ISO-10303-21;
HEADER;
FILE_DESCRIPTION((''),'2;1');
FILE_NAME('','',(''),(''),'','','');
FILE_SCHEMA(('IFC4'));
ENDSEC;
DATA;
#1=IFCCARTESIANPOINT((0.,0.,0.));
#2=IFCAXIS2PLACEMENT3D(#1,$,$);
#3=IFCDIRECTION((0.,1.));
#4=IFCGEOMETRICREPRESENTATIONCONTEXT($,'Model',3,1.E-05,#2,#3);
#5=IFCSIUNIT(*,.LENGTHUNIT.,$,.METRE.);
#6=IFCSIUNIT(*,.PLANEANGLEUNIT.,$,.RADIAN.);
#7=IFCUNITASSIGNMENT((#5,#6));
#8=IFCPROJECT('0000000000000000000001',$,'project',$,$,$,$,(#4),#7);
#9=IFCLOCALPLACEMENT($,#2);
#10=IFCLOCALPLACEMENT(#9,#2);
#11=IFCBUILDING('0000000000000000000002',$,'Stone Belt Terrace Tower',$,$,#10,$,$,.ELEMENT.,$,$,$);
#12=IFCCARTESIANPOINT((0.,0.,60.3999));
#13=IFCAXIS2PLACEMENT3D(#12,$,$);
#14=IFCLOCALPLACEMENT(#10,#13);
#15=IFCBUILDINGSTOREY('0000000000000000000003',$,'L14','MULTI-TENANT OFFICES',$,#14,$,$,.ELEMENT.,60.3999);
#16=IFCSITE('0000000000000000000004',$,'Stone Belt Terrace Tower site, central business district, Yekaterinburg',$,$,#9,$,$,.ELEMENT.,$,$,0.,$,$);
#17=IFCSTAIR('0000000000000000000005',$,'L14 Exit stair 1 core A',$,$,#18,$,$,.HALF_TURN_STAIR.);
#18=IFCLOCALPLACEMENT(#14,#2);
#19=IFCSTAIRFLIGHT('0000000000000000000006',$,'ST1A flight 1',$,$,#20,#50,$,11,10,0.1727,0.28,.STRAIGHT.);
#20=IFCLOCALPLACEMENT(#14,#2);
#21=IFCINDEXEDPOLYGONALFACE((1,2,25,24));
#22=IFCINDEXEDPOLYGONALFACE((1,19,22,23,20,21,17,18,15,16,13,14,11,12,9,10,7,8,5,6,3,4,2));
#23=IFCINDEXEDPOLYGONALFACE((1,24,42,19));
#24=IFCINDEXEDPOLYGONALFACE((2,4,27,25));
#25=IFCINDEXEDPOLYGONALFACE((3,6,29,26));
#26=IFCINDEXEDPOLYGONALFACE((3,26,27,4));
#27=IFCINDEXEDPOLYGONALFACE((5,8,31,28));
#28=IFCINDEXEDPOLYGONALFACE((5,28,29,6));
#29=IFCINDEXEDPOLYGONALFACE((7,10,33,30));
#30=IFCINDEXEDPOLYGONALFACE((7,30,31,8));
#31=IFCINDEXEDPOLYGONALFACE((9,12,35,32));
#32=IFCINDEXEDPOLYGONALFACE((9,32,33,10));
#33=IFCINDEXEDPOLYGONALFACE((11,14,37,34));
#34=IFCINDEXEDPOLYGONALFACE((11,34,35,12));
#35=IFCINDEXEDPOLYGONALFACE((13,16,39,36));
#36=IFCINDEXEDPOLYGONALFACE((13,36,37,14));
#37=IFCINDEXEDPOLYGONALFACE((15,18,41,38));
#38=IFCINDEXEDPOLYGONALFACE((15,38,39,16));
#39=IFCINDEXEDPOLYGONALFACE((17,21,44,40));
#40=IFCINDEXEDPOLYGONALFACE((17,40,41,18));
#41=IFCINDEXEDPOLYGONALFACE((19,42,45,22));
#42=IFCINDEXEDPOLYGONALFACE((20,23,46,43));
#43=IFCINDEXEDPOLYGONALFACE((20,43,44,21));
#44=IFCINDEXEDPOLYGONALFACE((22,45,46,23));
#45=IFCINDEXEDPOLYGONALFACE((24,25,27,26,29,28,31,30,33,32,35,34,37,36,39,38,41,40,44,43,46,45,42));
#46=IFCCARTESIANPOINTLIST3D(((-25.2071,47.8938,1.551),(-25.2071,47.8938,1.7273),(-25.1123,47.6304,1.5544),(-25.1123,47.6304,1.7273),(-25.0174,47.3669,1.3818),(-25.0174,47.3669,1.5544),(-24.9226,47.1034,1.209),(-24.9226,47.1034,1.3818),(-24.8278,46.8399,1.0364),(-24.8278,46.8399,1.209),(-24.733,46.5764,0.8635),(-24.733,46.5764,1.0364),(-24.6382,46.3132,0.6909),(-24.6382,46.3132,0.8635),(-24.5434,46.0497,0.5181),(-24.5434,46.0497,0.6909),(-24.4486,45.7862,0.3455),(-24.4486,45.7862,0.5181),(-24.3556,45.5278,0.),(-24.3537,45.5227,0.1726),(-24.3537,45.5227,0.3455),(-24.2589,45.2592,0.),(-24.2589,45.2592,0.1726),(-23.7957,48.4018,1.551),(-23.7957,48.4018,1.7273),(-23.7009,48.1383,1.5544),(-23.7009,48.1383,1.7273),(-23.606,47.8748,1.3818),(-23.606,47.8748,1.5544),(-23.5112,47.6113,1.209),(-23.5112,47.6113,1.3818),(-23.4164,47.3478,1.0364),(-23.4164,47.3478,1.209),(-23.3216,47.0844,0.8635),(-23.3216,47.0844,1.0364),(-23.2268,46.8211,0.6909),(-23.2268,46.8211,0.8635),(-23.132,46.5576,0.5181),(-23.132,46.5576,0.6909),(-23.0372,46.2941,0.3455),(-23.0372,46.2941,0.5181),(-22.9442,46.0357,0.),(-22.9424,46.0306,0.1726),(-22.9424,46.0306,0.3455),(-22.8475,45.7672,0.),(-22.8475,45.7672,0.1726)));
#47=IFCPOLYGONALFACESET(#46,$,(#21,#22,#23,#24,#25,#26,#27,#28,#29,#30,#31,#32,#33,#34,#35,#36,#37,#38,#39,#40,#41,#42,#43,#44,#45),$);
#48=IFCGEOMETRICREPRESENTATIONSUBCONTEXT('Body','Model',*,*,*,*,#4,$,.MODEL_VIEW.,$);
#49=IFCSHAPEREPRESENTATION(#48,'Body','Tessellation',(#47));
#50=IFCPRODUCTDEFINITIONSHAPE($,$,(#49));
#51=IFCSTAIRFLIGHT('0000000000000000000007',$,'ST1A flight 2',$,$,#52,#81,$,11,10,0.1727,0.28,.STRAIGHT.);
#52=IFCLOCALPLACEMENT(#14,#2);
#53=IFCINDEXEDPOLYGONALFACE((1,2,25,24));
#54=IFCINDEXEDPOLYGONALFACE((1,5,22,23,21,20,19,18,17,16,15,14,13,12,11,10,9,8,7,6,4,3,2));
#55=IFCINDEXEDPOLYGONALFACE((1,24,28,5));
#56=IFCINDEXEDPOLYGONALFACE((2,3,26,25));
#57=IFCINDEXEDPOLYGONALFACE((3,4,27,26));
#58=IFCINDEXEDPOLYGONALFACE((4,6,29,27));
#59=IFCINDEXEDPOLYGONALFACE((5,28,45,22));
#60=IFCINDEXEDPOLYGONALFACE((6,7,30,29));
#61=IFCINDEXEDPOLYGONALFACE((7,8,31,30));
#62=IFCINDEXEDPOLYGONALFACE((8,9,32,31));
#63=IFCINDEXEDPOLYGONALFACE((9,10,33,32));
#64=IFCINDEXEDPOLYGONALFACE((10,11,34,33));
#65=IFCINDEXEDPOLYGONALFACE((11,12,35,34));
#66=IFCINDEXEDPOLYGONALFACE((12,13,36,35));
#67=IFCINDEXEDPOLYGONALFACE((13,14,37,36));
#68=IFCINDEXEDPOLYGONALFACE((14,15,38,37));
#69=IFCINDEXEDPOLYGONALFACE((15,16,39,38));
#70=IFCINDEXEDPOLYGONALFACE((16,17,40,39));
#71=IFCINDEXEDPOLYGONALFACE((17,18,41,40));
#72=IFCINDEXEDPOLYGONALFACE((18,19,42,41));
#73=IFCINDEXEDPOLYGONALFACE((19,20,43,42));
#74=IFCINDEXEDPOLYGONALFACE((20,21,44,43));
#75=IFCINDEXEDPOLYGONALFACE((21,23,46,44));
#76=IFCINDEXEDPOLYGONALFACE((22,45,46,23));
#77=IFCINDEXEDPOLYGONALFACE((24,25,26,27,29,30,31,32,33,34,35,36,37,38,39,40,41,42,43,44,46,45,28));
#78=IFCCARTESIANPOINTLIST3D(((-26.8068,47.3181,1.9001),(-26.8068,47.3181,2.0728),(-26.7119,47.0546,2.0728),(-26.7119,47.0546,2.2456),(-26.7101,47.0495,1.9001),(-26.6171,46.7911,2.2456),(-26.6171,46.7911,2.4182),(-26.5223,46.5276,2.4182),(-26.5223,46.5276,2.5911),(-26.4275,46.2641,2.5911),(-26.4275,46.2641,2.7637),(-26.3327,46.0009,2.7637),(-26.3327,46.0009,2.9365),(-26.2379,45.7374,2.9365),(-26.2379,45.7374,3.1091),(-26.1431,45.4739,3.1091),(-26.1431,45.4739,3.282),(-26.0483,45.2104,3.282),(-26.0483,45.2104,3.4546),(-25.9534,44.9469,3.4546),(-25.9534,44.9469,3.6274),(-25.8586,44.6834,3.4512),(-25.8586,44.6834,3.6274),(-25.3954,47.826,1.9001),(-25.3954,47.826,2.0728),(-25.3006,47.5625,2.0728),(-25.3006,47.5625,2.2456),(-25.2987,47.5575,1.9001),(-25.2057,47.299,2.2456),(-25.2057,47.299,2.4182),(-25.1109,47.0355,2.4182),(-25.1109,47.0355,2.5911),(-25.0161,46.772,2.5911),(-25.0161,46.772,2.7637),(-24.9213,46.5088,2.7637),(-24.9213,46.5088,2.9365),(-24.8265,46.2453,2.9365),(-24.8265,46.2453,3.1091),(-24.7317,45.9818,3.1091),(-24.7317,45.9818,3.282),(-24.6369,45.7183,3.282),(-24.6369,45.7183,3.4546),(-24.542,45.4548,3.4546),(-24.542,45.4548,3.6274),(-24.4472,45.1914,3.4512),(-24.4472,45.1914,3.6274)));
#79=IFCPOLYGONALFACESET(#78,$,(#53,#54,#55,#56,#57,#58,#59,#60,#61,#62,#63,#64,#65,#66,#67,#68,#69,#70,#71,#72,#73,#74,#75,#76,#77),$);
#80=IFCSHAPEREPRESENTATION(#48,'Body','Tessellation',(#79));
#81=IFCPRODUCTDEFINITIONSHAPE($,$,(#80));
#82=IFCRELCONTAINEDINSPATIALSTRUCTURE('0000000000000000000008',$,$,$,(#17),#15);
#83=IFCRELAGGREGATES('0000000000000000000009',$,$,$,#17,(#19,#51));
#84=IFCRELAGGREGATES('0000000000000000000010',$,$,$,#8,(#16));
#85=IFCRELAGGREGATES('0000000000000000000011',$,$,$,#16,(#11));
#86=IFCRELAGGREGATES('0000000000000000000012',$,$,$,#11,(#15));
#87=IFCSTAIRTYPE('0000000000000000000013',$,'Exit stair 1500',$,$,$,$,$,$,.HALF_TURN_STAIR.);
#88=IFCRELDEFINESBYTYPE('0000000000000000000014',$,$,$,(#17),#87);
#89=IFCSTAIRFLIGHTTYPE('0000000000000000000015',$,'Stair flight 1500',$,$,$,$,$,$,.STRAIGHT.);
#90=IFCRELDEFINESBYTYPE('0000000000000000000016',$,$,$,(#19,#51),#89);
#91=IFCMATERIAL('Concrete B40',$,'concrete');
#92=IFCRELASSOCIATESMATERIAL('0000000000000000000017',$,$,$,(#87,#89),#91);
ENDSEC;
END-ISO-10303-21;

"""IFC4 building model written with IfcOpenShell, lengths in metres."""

from ifc_helpers import new_model, si_unit, direction, frame, origin, place, context, subcontext, project, spatial, polyline, outline, extrude, material, type_object, element, aggregate, save


model = new_model("IFC4")

# Units and contexts
model_context = context("Model", 3, precision=1e-05, world=origin(), true_north=direction((0.0, 1.0)))
body_context = subcontext(model_context, "Body", "Model", "MODEL_VIEW")
ifc_project = project(units=[si_unit("LENGTHUNIT", "METRE"), si_unit("PLANEANGLEUNIT", "RADIAN")], contexts=[model_context])

# Site, building, storey
site_placement = place(None, origin())
site = spatial("IfcSite", under=ifc_project, at=site_placement, Name="Stone Belt Terrace Tower site, central business district, Yekaterinburg", CompositionType="ELEMENT", RefElevation=0.0)
building_placement = place(site_placement, origin())
building = spatial("IfcBuilding", under=site, at=building_placement, Name="Stone Belt Terrace Tower", CompositionType="ELEMENT")
storey_placement = place(building_placement, frame((0.0, 0.0, 60.3999)))
storey = spatial("IfcBuildingStorey", under=building, at=storey_placement, Name="L14", Description="MULTI-TENANT OFFICES", CompositionType="ELEMENT", Elevation=60.3999)

# Stair, stair flights
ifc_material_1 = material(Name="Concrete B40", Category="concrete")
stair_type = type_object("IfcStairType", Name="Exit stair 1500", PredefinedType="HALF_TURN_STAIR", material=ifc_material_1)
stair_placement = place(storey_placement, origin())
stair = element("IfcStair", 1, at=stair_placement, inside=storey, type_object=stair_type, Name="L14 Exit stair 1 core A", PredefinedType="HALF_TURN_STAIR")
stair_flight_type = type_object("IfcStairFlightType", Name="Stair flight 1500", PredefinedType="STRAIGHT", material=ifc_material_1)
stair_flight_1_placement = place(storey_placement, frame((-23.5532, 45.5132, 0.0), z_axis=(0.0, 0.0, 1.0), x_axis=(-0.338624, 0.940922, 0.0)))
stair_flight_1 = element("IfcStairFlight", 2, at=stair_flight_1_placement, type_object=stair_flight_type, Name="ST1A flight 1", NumberOfRisers=11, NumberOfTreads=10, PredefinedType="STRAIGHT", RiserHeight=0.1727, TreadLength=0.28, context=body_context, shape_type="SweptSolid", body=[
    extrude(outline(polyline([(0.0, 0.0), (0.0, 0.1726), (0.28, 0.1726), (0.28, 0.3455), (0.5601, 0.3455), (0.5601, 0.5181), (0.8401, 0.5181), (0.8401, 0.6909), (1.1201, 0.6909), (1.1201, 0.8635), (1.3999, 0.8635), (1.3999, 1.0364), (1.6799, 1.0364), (1.6799, 1.209), (1.96, 1.209), (1.96, 1.3818), (2.24, 1.3818), (2.24, 1.5544), (2.52, 1.5544), (2.52, 1.7273), (2.8, 1.7273), (2.8, 1.8999), (2.8, 1.551), (0.2854, 0.0), (0.0, 0.0)])), frame((0.0, 0.75, 0.0), z_axis=(0.0, -1.0, 0.0), x_axis=(1.0, 0.0, 0.0)), (0.0, 0.0, 1.0), 1.5),
])
stair_flight_2_placement = place(storey_placement, frame((-26.1011, 47.572, 1.9001), z_axis=(0.0, 0.0, 1.0), x_axis=(0.338624, -0.940922, 0.0)))
stair_flight_2 = element("IfcStairFlight", 3, at=stair_flight_2_placement, type_object=stair_flight_type, Name="ST1A flight 2", NumberOfRisers=11, NumberOfTreads=10, PredefinedType="STRAIGHT", RiserHeight=0.1727, TreadLength=0.28, context=body_context, shape_type="SweptSolid", body=[
    extrude(outline(polyline([(0.0, 0.0), (0.0, 0.1726), (0.28, 0.1726), (0.28, 0.3455), (0.5601, 0.3455), (0.5601, 0.5181), (0.8401, 0.5181), (0.8401, 0.6909), (1.1201, 0.6909), (1.1201, 0.8635), (1.3999, 0.8635), (1.3999, 1.0364), (1.6799, 1.0364), (1.6799, 1.209), (1.96, 1.209), (1.96, 1.3818), (2.24, 1.3818), (2.24, 1.5544), (2.52, 1.5544), (2.52, 1.7273), (2.8, 1.7273), (2.8, 1.8999), (2.8, 1.551), (0.2854, 0.0), (0.0, 0.0)])), frame((0.0, 0.75, 0.0), z_axis=(0.0, -1.0, 0.0), x_axis=(1.0, 0.0, 0.0)), (0.0, 0.0, 1.0), 1.5),
])
aggregate(stair, [stair_flight_1, stair_flight_2])

save(model, "model.ifc")
